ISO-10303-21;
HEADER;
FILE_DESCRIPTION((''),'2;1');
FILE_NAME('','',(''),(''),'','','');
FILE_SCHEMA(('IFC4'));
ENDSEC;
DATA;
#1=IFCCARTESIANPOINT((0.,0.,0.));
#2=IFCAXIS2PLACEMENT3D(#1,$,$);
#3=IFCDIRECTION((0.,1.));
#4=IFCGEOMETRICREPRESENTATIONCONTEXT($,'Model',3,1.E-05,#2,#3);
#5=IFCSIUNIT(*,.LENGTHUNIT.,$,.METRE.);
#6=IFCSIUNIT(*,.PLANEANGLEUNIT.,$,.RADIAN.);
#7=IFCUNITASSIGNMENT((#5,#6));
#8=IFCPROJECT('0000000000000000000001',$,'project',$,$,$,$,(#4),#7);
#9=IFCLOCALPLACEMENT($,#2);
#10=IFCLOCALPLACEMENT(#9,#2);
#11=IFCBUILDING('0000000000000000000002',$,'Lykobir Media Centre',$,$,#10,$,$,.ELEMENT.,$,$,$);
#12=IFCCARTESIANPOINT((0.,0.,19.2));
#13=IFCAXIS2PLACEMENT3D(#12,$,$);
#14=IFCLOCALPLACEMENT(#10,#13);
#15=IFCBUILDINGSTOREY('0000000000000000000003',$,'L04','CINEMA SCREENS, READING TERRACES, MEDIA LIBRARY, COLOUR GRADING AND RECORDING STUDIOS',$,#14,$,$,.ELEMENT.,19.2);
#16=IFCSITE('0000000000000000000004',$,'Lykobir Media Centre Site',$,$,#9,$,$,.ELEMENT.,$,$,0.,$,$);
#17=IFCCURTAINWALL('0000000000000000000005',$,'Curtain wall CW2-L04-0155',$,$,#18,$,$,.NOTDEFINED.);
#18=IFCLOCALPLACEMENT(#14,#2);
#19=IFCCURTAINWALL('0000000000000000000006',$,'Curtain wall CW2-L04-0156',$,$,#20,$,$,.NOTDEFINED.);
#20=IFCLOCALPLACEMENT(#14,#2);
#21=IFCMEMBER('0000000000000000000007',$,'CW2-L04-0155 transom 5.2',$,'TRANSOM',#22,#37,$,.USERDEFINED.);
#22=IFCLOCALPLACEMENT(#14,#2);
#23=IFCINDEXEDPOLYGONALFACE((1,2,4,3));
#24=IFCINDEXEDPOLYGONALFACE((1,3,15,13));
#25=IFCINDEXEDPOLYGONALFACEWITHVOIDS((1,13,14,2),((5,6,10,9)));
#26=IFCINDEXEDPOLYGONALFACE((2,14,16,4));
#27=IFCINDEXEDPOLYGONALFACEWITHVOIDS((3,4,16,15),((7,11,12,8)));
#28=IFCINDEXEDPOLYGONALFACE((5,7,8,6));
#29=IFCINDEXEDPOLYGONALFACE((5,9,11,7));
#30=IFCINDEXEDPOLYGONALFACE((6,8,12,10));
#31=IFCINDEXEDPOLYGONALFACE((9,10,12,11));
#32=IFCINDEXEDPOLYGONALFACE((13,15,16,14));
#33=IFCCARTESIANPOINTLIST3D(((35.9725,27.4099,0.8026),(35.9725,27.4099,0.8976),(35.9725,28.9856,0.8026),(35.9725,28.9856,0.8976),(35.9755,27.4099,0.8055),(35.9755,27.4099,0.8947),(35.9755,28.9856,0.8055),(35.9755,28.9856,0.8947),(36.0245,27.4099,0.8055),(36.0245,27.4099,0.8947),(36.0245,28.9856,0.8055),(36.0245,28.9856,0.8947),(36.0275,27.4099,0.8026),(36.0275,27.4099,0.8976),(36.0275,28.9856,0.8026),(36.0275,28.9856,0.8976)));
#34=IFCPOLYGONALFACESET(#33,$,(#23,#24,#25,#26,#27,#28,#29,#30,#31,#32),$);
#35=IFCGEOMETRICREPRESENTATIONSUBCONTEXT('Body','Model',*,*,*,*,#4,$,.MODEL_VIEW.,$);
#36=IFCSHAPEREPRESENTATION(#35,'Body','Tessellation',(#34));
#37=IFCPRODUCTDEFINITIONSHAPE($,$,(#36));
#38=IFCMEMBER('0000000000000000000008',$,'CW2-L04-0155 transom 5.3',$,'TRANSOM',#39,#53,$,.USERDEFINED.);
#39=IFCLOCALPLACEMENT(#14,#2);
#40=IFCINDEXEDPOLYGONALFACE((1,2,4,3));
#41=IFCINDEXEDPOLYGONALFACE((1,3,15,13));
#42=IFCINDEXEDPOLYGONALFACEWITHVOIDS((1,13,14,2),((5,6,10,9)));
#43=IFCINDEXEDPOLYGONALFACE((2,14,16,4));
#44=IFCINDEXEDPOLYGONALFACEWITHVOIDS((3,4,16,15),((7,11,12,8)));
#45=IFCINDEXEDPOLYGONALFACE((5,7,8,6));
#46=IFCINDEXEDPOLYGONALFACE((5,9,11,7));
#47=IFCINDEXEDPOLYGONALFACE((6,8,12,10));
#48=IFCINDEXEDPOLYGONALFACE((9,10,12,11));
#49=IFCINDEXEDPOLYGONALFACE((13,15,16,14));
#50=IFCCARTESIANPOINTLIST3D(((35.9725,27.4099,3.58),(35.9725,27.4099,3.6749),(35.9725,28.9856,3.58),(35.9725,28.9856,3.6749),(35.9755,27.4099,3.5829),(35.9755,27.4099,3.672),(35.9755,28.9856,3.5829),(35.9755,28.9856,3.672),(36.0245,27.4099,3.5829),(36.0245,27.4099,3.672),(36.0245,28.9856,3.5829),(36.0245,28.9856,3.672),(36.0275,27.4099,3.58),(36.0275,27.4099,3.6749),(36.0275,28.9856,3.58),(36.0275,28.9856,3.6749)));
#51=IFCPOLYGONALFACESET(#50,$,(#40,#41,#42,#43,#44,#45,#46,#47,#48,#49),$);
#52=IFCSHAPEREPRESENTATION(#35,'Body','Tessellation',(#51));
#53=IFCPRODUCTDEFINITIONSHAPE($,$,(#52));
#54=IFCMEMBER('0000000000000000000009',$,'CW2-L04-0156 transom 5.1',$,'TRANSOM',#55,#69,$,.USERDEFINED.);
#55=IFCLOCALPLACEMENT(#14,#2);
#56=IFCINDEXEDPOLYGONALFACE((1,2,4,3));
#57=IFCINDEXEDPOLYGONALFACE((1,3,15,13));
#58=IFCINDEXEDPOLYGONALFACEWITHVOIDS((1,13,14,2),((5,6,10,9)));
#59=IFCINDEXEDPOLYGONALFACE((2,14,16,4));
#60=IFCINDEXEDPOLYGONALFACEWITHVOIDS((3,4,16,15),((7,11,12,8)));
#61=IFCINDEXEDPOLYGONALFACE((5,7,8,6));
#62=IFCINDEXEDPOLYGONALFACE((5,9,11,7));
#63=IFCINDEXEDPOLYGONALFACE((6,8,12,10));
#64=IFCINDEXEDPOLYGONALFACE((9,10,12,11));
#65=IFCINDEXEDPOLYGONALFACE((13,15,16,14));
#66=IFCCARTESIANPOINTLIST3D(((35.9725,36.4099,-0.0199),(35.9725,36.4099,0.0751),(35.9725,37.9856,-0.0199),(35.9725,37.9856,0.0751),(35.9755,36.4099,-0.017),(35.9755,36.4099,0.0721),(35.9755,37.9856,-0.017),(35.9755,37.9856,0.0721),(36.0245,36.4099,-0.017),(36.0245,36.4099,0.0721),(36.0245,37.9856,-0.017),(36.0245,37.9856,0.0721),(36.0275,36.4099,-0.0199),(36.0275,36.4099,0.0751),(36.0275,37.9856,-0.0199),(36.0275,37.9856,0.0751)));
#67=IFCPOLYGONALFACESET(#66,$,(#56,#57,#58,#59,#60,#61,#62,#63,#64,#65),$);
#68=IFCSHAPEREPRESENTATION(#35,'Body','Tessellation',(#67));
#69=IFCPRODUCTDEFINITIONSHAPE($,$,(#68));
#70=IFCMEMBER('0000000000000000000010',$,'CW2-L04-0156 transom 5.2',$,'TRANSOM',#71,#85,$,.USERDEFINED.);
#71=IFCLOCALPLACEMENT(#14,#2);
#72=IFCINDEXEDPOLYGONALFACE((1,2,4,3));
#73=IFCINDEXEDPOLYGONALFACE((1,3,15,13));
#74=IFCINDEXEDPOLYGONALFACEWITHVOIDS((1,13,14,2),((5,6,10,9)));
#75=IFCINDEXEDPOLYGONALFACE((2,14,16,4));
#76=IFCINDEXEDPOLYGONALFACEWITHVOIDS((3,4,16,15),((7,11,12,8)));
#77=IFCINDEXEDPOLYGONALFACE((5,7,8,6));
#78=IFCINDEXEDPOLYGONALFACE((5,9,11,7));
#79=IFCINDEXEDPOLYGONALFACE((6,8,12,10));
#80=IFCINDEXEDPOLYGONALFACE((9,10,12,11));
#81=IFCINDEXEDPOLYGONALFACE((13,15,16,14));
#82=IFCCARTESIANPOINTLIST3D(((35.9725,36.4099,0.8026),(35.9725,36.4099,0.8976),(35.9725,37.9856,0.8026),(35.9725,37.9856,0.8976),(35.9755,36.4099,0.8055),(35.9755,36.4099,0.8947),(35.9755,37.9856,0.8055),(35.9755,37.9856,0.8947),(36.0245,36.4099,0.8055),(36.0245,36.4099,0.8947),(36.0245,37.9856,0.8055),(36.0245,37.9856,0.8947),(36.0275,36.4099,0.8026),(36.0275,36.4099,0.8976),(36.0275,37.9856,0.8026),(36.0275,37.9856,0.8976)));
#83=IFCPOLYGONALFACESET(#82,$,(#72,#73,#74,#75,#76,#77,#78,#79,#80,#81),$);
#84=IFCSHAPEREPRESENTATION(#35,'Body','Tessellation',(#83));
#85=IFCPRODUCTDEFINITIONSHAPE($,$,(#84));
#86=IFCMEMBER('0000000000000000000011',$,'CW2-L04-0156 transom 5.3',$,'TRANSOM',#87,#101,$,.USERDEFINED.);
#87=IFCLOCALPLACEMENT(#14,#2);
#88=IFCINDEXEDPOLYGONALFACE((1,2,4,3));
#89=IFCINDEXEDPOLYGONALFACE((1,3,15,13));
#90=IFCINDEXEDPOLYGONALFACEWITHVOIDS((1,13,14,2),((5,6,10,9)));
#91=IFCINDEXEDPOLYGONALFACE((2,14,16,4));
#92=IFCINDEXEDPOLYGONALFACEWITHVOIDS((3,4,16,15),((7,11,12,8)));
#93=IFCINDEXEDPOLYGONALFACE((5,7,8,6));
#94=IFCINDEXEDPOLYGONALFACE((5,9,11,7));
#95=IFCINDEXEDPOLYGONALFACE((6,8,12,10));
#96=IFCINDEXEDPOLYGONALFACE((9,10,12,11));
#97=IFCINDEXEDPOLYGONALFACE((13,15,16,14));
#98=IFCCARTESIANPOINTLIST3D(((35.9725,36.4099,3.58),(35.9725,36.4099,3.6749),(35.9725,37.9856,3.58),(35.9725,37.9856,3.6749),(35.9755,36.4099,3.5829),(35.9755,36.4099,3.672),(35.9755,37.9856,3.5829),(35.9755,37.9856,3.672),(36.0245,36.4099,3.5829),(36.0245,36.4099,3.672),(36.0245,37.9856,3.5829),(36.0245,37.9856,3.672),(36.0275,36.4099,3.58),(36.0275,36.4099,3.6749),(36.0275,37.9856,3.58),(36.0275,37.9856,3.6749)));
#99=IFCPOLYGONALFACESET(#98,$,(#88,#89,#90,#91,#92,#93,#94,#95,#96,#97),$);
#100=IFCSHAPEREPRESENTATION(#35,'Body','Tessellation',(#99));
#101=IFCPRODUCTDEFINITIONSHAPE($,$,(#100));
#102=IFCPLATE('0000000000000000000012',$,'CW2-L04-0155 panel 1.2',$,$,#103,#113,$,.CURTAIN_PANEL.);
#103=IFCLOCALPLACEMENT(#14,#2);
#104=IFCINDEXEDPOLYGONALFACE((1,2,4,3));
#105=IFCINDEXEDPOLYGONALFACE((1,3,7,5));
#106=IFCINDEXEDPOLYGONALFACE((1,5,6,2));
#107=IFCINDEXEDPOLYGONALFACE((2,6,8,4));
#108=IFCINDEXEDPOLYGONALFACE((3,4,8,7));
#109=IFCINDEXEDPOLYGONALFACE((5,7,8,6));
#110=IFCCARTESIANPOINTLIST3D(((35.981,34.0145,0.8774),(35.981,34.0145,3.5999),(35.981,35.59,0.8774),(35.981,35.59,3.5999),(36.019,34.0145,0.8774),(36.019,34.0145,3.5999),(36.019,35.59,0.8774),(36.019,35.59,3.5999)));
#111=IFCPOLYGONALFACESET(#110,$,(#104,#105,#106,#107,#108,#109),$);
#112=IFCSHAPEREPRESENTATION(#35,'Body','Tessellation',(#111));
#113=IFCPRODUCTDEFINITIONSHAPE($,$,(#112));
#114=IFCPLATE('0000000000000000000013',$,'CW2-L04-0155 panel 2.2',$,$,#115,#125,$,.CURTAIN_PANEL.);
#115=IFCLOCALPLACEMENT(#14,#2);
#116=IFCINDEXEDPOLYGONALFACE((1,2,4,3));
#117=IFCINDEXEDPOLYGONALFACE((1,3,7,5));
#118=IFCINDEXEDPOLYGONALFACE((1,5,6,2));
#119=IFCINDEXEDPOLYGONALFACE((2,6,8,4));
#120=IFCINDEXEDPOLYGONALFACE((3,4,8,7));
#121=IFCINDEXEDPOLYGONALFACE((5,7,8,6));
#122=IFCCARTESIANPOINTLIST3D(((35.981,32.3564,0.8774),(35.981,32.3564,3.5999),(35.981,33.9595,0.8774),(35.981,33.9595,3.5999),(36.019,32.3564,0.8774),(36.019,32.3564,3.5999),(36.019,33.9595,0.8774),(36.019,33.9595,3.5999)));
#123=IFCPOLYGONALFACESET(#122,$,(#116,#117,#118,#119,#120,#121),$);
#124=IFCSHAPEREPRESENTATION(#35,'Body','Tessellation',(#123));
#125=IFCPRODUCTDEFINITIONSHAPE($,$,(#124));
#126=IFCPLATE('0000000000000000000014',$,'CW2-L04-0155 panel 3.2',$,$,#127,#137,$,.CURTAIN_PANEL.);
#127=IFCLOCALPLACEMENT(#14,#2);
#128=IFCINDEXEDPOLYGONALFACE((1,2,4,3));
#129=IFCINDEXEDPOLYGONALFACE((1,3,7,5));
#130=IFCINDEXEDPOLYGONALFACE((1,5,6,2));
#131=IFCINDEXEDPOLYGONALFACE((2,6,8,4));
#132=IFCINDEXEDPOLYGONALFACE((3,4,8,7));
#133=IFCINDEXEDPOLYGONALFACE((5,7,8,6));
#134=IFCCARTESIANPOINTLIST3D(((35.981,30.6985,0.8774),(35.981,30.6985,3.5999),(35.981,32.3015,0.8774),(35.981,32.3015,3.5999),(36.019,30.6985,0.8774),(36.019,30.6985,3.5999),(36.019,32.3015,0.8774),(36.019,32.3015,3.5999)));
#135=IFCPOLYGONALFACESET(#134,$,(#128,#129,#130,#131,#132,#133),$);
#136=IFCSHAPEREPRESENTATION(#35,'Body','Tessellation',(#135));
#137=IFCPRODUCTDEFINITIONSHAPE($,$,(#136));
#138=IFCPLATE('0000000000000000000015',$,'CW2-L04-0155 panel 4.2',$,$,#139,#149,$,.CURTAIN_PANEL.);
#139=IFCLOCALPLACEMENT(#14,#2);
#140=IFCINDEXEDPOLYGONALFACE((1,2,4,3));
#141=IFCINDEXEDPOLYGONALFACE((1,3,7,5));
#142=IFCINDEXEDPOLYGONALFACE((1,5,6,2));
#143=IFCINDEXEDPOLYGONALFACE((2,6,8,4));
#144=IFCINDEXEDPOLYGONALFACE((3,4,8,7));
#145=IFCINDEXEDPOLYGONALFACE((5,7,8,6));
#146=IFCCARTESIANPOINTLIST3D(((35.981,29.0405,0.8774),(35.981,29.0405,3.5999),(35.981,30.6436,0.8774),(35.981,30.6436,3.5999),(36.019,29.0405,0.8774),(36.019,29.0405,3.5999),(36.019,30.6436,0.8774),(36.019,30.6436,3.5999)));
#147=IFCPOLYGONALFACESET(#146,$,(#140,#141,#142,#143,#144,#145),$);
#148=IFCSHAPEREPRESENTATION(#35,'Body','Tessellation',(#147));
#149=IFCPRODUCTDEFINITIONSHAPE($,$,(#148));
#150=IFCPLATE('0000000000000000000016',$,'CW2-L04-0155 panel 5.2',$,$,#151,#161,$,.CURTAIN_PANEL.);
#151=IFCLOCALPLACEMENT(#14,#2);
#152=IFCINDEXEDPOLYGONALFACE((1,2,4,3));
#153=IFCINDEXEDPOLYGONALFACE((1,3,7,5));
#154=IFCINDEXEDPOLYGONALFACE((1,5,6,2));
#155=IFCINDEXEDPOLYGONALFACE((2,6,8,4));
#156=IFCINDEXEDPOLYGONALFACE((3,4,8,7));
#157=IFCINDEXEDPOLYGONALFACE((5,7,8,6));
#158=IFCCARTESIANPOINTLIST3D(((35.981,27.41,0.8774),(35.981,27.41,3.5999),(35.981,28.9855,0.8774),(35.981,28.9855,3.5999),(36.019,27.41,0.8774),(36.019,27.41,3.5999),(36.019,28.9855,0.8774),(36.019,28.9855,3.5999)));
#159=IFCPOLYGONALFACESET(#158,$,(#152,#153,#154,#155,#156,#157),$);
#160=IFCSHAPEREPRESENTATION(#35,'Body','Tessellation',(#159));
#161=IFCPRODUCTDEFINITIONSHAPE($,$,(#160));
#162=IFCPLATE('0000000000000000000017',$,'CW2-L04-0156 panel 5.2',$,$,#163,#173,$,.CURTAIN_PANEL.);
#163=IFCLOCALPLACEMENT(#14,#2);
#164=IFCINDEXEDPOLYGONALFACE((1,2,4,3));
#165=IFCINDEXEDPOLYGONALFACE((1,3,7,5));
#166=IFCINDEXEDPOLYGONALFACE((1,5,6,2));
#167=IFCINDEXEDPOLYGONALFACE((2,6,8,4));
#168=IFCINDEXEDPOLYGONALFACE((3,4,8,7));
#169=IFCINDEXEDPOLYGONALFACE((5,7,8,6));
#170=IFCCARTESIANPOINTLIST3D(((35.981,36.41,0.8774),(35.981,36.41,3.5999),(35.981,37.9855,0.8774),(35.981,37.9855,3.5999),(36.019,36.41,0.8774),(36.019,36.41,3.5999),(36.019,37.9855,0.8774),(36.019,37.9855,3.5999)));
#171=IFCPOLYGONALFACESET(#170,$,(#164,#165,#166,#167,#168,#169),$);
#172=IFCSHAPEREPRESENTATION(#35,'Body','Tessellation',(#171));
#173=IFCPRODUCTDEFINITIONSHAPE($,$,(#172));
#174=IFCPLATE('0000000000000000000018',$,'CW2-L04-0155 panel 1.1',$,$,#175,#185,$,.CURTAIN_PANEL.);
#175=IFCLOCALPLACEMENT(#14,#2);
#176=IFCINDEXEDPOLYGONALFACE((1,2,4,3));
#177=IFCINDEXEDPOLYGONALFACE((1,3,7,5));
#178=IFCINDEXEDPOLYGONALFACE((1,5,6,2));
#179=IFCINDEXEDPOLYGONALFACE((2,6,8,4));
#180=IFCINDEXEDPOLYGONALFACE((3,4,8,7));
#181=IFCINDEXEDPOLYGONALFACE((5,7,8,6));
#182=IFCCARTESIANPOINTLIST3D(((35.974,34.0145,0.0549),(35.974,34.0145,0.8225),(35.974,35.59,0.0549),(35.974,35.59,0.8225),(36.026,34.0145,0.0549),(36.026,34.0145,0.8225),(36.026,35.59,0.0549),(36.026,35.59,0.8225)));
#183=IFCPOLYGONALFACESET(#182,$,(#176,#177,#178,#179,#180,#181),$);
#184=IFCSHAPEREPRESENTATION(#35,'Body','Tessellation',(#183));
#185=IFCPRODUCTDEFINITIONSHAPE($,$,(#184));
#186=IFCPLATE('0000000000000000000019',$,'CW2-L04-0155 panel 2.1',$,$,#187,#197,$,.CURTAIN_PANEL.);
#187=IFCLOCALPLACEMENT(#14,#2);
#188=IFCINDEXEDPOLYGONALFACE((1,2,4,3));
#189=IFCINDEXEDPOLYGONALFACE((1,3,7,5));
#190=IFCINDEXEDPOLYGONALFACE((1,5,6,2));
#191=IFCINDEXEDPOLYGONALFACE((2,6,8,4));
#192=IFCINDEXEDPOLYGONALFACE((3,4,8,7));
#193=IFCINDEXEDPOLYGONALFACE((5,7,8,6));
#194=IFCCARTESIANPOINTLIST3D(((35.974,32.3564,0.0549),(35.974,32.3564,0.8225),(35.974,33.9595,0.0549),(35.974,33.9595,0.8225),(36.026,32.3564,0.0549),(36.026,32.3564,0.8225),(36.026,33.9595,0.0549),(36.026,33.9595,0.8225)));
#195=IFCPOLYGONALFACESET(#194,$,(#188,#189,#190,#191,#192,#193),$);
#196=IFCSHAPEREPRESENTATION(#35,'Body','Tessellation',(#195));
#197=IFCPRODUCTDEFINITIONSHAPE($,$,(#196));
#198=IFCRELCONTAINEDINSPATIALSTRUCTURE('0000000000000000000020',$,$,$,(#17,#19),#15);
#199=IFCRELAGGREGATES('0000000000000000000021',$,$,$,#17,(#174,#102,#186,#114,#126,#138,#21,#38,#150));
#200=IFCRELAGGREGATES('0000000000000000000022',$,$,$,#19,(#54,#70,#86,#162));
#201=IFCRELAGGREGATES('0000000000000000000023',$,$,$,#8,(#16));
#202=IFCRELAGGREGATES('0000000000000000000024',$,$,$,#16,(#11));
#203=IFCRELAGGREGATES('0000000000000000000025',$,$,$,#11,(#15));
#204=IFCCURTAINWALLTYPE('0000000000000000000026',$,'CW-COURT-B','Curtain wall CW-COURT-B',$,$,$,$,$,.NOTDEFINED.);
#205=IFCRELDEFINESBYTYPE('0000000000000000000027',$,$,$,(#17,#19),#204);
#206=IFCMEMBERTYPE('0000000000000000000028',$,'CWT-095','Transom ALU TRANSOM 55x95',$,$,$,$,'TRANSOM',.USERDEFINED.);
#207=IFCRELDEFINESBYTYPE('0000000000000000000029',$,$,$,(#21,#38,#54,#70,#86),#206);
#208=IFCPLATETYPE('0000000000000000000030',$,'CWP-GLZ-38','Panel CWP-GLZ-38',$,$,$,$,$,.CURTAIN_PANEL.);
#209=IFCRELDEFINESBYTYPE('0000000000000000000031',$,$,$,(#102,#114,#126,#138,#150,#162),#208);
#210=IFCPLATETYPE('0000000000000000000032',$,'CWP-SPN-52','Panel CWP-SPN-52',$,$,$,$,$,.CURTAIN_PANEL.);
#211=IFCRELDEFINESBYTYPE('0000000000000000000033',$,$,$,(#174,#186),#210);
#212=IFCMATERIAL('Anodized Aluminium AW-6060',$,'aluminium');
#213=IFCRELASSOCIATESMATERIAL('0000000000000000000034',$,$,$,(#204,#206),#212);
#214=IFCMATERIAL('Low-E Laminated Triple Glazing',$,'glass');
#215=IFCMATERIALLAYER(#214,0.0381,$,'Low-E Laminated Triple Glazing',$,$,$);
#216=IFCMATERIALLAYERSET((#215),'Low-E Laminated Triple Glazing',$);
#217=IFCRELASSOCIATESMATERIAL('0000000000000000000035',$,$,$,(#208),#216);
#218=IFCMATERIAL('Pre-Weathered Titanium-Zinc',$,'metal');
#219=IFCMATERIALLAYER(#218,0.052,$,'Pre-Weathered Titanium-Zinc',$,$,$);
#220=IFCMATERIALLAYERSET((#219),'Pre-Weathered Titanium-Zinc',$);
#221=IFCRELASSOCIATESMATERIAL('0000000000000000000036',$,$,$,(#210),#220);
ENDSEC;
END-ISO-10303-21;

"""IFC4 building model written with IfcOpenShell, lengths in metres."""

from ifc_helpers import new_model, si_unit, direction, frame, origin, origin_2d, place, context, subcontext, project, spatial, rectangle, hollow_rectangle, extrude, material, layer, layer_set, material_profile, profile_set, type_object, element, aggregate, save


model = new_model("IFC4")

# Units and contexts
model_context = context("Model", 3, precision=1e-05, world=origin(), true_north=direction((0.0, 1.0)))
body_context = subcontext(model_context, "Body", "Model", "MODEL_VIEW")
ifc_project = project(units=[si_unit("LENGTHUNIT", "METRE"), si_unit("PLANEANGLEUNIT", "RADIAN")], contexts=[model_context])

# Site, building, storey
site_placement = place(None, origin())
site = spatial("IfcSite", under=ifc_project, at=site_placement, Name="Lykobir Media Centre Site", CompositionType="ELEMENT", RefElevation=0.0)
building_placement = place(site_placement, origin())
building = spatial("IfcBuilding", under=site, at=building_placement, Name="Lykobir Media Centre", CompositionType="ELEMENT")
storey_placement = place(building_placement, frame((0.0, 0.0, 19.2)))
storey = spatial("IfcBuildingStorey", under=building, at=storey_placement, Name="L04", Description="CINEMA SCREENS, READING TERRACES, MEDIA LIBRARY, COLOUR GRADING AND RECORDING STUDIOS", CompositionType="ELEMENT", Elevation=19.2)

# Curtain wall
ifc_material_1 = material(Name="Anodized Aluminium AW-6060", Category="aluminium")
curtain_wall_type = type_object("IfcCurtainWallType", Name="CW-COURT-B", Description="Curtain wall CW-COURT-B", PredefinedType="NOTDEFINED", material=ifc_material_1)
curtain_wall_1_placement = place(storey_placement, origin())
curtain_wall_1 = element("IfcCurtainWall", 1, at=curtain_wall_1_placement, inside=storey, type_object=curtain_wall_type, Name="Curtain wall CW2-L04-0155", PredefinedType="NOTDEFINED")

# Curtain wall
curtain_wall_2_placement = place(storey_placement, origin())
curtain_wall_2 = element("IfcCurtainWall", 2, at=curtain_wall_2_placement, inside=storey, type_object=curtain_wall_type, Name="Curtain wall CW2-L04-0156", PredefinedType="NOTDEFINED")

# Members
ifc_material_profile_1 = material_profile(ifc_material_1, hollow_rectangle(XDim=0.0549, YDim=0.095, WallThickness=0.0029, at=origin_2d()), Name="ALU TRANSOM 55x95")
ifc_profile_set_1 = profile_set([ifc_material_profile_1], Name="Anodized Aluminium AW-6060")
member_type_1 = type_object("IfcMemberType", Name="CWT-095", Description="Transom ALU TRANSOM 55x95", ElementType="TRANSOM", PredefinedType="USERDEFINED", material=ifc_profile_set_1)
member_1_placement = place(storey_placement, frame((36.0, 28.9856, 0.8501), z_axis=(0.0, -1.0, 0.0), x_axis=(1.0, 0.0, 0.0)))
member_1 = element("IfcMember", 3, at=member_1_placement, type_object=member_type_1, Name="CW2-L04-0155 transom 5.2", ObjectType="TRANSOM", PredefinedType="USERDEFINED", context=body_context, shape_type="SweptSolid", body=[
    extrude(hollow_rectangle(XDim=0.0549, YDim=0.095, WallThickness=0.0029, at=origin_2d()), origin(), (0.0, 0.0, 1.0), 1.5757),
])
member_2_placement = place(storey_placement, frame((36.0, 28.9856, 3.6274), z_axis=(0.0, -1.0, 0.0), x_axis=(1.0, 0.0, 0.0)))
member_2 = element("IfcMember", 4, at=member_2_placement, type_object=member_type_1, Name="CW2-L04-0155 transom 5.3", ObjectType="TRANSOM", PredefinedType="USERDEFINED", context=body_context, shape_type="SweptSolid", body=[
    extrude(hollow_rectangle(XDim=0.0549, YDim=0.095, WallThickness=0.0029, at=origin_2d()), origin(), (0.0, 0.0, 1.0), 1.5757),
])
member_3_placement = place(storey_placement, frame((36.0, 37.9856, 0.0276), z_axis=(0.0, -1.0, 0.0), x_axis=(1.0, 0.0, 0.0)))
member_3 = element("IfcMember", 5, at=member_3_placement, type_object=member_type_1, Name="CW2-L04-0156 transom 5.1", ObjectType="TRANSOM", PredefinedType="USERDEFINED", context=body_context, shape_type="SweptSolid", body=[
    extrude(hollow_rectangle(XDim=0.0549, YDim=0.095, WallThickness=0.0029, at=origin_2d()), origin(), (0.0, 0.0, 1.0), 1.5757),
])
member_4_placement = place(storey_placement, frame((36.0, 37.9856, 0.8501), z_axis=(0.0, -1.0, 0.0), x_axis=(1.0, 0.0, 0.0)))
member_4 = element("IfcMember", 6, at=member_4_placement, type_object=member_type_1, Name="CW2-L04-0156 transom 5.2", ObjectType="TRANSOM", PredefinedType="USERDEFINED", context=body_context, shape_type="SweptSolid", body=[
    extrude(hollow_rectangle(XDim=0.0549, YDim=0.095, WallThickness=0.0029, at=origin_2d()), origin(), (0.0, 0.0, 1.0), 1.5757),
])
member_5_placement = place(storey_placement, frame((36.0, 37.9856, 3.6274), z_axis=(0.0, -1.0, 0.0), x_axis=(1.0, 0.0, 0.0)))
member_5 = element("IfcMember", 7, at=member_5_placement, type_object=member_type_1, Name="CW2-L04-0156 transom 5.3", ObjectType="TRANSOM", PredefinedType="USERDEFINED", context=body_context, shape_type="SweptSolid", body=[
    extrude(hollow_rectangle(XDim=0.0549, YDim=0.095, WallThickness=0.0029, at=origin_2d()), origin(), (0.0, 0.0, 1.0), 1.5757),
])

# Plates
ifc_material_2 = material(Name="Low-E Laminated Triple Glazing", Category="glass")
ifc_layer_1 = layer(ifc_material_2, 0.0381, Name="Low-E Laminated Triple Glazing")
ifc_layer_set_1 = layer_set([ifc_layer_1], Name="Low-E Laminated Triple Glazing")
plate_type_1 = type_object("IfcPlateType", Name="CWP-GLZ-38", Description="Panel CWP-GLZ-38", PredefinedType="CURTAIN_PANEL", material=ifc_layer_set_1)
plate_1_placement = place(storey_placement, frame((36.0, 34.8022, 0.8774), z_axis=(0.0, 0.0, 1.0), x_axis=(0.0, -1.0, 0.0)))
plate_1 = element("IfcPlate", 8, at=plate_1_placement, type_object=plate_type_1, Name="CW2-L04-0155 panel 1.2", PredefinedType="CURTAIN_PANEL", context=body_context, shape_type="SweptSolid", body=[
    extrude(rectangle(XDim=1.5754, YDim=0.0381, at=origin_2d()), origin(), (0.0, 0.0, 1.0), 2.7224),
])
plate_2_placement = place(storey_placement, frame((36.0, 33.158, 0.8774), z_axis=(0.0, 0.0, 1.0), x_axis=(0.0, -1.0, 0.0)))
plate_2 = element("IfcPlate", 9, at=plate_2_placement, type_object=plate_type_1, Name="CW2-L04-0155 panel 2.2", PredefinedType="CURTAIN_PANEL", context=body_context, shape_type="SweptSolid", body=[
    extrude(rectangle(XDim=1.603, YDim=0.0381, at=origin_2d()), origin(), (0.0, 0.0, 1.0), 2.7224),
])
plate_3_placement = place(storey_placement, frame((36.0, 31.5, 0.8774), z_axis=(0.0, 0.0, 1.0), x_axis=(0.0, -1.0, 0.0)))
plate_3 = element("IfcPlate", 10, at=plate_3_placement, type_object=plate_type_1, Name="CW2-L04-0155 panel 3.2", PredefinedType="CURTAIN_PANEL", context=body_context, shape_type="SweptSolid", body=[
    extrude(rectangle(XDim=1.603, YDim=0.0381, at=origin_2d()), origin(), (0.0, 0.0, 1.0), 2.7224),
])
plate_4_placement = place(storey_placement, frame((36.0, 29.842, 0.8774), z_axis=(0.0, 0.0, 1.0), x_axis=(0.0, -1.0, 0.0)))
plate_4 = element("IfcPlate", 11, at=plate_4_placement, type_object=plate_type_1, Name="CW2-L04-0155 panel 4.2", PredefinedType="CURTAIN_PANEL", context=body_context, shape_type="SweptSolid", body=[
    extrude(rectangle(XDim=1.603, YDim=0.0381, at=origin_2d()), origin(), (0.0, 0.0, 1.0), 2.7224),
])
plate_5_placement = place(storey_placement, frame((36.0, 28.1978, 0.8774), z_axis=(0.0, 0.0, 1.0), x_axis=(0.0, -1.0, 0.0)))
plate_5 = element("IfcPlate", 12, at=plate_5_placement, type_object=plate_type_1, Name="CW2-L04-0155 panel 5.2", PredefinedType="CURTAIN_PANEL", context=body_context, shape_type="SweptSolid", body=[
    extrude(rectangle(XDim=1.5754, YDim=0.0381, at=origin_2d()), origin(), (0.0, 0.0, 1.0), 2.7224),
])
plate_6_placement = place(storey_placement, frame((36.0, 37.1978, 0.8774), z_axis=(0.0, 0.0, 1.0), x_axis=(0.0, -1.0, 0.0)))
plate_6 = element("IfcPlate", 13, at=plate_6_placement, type_object=plate_type_1, Name="CW2-L04-0156 panel 5.2", PredefinedType="CURTAIN_PANEL", context=body_context, shape_type="SweptSolid", body=[
    extrude(rectangle(XDim=1.5754, YDim=0.0381, at=origin_2d()), origin(), (0.0, 0.0, 1.0), 2.7224),
])
ifc_material_3 = material(Name="Pre-Weathered Titanium-Zinc", Category="metal")
ifc_layer_2 = layer(ifc_material_3, 0.052, Name="Pre-Weathered Titanium-Zinc")
ifc_layer_set_2 = layer_set([ifc_layer_2], Name="Pre-Weathered Titanium-Zinc")
plate_type_2 = type_object("IfcPlateType", Name="CWP-SPN-52", Description="Panel CWP-SPN-52", PredefinedType="CURTAIN_PANEL", material=ifc_layer_set_2)
plate_7_placement = place(storey_placement, frame((36.0, 34.8022, 0.0549), z_axis=(0.0, 0.0, 1.0), x_axis=(0.0, -1.0, 0.0)))
plate_7 = element("IfcPlate", 14, at=plate_7_placement, type_object=plate_type_2, Name="CW2-L04-0155 panel 1.1", PredefinedType="CURTAIN_PANEL", context=body_context, shape_type="SweptSolid", body=[
    extrude(rectangle(XDim=1.5754, YDim=0.052, at=origin_2d()), origin(), (0.0, 0.0, 1.0), 0.7676),
])
plate_8_placement = place(storey_placement, frame((36.0, 33.158, 0.0549), z_axis=(0.0, 0.0, 1.0), x_axis=(0.0, -1.0, 0.0)))
plate_8 = element("IfcPlate", 15, at=plate_8_placement, type_object=plate_type_2, Name="CW2-L04-0155 panel 2.1", PredefinedType="CURTAIN_PANEL", context=body_context, shape_type="SweptSolid", body=[
    extrude(rectangle(XDim=1.603, YDim=0.052, at=origin_2d()), origin(), (0.0, 0.0, 1.0), 0.7676),
])
aggregate(curtain_wall_1, [plate_7, plate_1, plate_8, plate_2, plate_3, plate_4, member_1, member_2, plate_5])
aggregate(curtain_wall_2, [member_3, member_4, member_5, plate_6])

save(model, "model.ifc")
